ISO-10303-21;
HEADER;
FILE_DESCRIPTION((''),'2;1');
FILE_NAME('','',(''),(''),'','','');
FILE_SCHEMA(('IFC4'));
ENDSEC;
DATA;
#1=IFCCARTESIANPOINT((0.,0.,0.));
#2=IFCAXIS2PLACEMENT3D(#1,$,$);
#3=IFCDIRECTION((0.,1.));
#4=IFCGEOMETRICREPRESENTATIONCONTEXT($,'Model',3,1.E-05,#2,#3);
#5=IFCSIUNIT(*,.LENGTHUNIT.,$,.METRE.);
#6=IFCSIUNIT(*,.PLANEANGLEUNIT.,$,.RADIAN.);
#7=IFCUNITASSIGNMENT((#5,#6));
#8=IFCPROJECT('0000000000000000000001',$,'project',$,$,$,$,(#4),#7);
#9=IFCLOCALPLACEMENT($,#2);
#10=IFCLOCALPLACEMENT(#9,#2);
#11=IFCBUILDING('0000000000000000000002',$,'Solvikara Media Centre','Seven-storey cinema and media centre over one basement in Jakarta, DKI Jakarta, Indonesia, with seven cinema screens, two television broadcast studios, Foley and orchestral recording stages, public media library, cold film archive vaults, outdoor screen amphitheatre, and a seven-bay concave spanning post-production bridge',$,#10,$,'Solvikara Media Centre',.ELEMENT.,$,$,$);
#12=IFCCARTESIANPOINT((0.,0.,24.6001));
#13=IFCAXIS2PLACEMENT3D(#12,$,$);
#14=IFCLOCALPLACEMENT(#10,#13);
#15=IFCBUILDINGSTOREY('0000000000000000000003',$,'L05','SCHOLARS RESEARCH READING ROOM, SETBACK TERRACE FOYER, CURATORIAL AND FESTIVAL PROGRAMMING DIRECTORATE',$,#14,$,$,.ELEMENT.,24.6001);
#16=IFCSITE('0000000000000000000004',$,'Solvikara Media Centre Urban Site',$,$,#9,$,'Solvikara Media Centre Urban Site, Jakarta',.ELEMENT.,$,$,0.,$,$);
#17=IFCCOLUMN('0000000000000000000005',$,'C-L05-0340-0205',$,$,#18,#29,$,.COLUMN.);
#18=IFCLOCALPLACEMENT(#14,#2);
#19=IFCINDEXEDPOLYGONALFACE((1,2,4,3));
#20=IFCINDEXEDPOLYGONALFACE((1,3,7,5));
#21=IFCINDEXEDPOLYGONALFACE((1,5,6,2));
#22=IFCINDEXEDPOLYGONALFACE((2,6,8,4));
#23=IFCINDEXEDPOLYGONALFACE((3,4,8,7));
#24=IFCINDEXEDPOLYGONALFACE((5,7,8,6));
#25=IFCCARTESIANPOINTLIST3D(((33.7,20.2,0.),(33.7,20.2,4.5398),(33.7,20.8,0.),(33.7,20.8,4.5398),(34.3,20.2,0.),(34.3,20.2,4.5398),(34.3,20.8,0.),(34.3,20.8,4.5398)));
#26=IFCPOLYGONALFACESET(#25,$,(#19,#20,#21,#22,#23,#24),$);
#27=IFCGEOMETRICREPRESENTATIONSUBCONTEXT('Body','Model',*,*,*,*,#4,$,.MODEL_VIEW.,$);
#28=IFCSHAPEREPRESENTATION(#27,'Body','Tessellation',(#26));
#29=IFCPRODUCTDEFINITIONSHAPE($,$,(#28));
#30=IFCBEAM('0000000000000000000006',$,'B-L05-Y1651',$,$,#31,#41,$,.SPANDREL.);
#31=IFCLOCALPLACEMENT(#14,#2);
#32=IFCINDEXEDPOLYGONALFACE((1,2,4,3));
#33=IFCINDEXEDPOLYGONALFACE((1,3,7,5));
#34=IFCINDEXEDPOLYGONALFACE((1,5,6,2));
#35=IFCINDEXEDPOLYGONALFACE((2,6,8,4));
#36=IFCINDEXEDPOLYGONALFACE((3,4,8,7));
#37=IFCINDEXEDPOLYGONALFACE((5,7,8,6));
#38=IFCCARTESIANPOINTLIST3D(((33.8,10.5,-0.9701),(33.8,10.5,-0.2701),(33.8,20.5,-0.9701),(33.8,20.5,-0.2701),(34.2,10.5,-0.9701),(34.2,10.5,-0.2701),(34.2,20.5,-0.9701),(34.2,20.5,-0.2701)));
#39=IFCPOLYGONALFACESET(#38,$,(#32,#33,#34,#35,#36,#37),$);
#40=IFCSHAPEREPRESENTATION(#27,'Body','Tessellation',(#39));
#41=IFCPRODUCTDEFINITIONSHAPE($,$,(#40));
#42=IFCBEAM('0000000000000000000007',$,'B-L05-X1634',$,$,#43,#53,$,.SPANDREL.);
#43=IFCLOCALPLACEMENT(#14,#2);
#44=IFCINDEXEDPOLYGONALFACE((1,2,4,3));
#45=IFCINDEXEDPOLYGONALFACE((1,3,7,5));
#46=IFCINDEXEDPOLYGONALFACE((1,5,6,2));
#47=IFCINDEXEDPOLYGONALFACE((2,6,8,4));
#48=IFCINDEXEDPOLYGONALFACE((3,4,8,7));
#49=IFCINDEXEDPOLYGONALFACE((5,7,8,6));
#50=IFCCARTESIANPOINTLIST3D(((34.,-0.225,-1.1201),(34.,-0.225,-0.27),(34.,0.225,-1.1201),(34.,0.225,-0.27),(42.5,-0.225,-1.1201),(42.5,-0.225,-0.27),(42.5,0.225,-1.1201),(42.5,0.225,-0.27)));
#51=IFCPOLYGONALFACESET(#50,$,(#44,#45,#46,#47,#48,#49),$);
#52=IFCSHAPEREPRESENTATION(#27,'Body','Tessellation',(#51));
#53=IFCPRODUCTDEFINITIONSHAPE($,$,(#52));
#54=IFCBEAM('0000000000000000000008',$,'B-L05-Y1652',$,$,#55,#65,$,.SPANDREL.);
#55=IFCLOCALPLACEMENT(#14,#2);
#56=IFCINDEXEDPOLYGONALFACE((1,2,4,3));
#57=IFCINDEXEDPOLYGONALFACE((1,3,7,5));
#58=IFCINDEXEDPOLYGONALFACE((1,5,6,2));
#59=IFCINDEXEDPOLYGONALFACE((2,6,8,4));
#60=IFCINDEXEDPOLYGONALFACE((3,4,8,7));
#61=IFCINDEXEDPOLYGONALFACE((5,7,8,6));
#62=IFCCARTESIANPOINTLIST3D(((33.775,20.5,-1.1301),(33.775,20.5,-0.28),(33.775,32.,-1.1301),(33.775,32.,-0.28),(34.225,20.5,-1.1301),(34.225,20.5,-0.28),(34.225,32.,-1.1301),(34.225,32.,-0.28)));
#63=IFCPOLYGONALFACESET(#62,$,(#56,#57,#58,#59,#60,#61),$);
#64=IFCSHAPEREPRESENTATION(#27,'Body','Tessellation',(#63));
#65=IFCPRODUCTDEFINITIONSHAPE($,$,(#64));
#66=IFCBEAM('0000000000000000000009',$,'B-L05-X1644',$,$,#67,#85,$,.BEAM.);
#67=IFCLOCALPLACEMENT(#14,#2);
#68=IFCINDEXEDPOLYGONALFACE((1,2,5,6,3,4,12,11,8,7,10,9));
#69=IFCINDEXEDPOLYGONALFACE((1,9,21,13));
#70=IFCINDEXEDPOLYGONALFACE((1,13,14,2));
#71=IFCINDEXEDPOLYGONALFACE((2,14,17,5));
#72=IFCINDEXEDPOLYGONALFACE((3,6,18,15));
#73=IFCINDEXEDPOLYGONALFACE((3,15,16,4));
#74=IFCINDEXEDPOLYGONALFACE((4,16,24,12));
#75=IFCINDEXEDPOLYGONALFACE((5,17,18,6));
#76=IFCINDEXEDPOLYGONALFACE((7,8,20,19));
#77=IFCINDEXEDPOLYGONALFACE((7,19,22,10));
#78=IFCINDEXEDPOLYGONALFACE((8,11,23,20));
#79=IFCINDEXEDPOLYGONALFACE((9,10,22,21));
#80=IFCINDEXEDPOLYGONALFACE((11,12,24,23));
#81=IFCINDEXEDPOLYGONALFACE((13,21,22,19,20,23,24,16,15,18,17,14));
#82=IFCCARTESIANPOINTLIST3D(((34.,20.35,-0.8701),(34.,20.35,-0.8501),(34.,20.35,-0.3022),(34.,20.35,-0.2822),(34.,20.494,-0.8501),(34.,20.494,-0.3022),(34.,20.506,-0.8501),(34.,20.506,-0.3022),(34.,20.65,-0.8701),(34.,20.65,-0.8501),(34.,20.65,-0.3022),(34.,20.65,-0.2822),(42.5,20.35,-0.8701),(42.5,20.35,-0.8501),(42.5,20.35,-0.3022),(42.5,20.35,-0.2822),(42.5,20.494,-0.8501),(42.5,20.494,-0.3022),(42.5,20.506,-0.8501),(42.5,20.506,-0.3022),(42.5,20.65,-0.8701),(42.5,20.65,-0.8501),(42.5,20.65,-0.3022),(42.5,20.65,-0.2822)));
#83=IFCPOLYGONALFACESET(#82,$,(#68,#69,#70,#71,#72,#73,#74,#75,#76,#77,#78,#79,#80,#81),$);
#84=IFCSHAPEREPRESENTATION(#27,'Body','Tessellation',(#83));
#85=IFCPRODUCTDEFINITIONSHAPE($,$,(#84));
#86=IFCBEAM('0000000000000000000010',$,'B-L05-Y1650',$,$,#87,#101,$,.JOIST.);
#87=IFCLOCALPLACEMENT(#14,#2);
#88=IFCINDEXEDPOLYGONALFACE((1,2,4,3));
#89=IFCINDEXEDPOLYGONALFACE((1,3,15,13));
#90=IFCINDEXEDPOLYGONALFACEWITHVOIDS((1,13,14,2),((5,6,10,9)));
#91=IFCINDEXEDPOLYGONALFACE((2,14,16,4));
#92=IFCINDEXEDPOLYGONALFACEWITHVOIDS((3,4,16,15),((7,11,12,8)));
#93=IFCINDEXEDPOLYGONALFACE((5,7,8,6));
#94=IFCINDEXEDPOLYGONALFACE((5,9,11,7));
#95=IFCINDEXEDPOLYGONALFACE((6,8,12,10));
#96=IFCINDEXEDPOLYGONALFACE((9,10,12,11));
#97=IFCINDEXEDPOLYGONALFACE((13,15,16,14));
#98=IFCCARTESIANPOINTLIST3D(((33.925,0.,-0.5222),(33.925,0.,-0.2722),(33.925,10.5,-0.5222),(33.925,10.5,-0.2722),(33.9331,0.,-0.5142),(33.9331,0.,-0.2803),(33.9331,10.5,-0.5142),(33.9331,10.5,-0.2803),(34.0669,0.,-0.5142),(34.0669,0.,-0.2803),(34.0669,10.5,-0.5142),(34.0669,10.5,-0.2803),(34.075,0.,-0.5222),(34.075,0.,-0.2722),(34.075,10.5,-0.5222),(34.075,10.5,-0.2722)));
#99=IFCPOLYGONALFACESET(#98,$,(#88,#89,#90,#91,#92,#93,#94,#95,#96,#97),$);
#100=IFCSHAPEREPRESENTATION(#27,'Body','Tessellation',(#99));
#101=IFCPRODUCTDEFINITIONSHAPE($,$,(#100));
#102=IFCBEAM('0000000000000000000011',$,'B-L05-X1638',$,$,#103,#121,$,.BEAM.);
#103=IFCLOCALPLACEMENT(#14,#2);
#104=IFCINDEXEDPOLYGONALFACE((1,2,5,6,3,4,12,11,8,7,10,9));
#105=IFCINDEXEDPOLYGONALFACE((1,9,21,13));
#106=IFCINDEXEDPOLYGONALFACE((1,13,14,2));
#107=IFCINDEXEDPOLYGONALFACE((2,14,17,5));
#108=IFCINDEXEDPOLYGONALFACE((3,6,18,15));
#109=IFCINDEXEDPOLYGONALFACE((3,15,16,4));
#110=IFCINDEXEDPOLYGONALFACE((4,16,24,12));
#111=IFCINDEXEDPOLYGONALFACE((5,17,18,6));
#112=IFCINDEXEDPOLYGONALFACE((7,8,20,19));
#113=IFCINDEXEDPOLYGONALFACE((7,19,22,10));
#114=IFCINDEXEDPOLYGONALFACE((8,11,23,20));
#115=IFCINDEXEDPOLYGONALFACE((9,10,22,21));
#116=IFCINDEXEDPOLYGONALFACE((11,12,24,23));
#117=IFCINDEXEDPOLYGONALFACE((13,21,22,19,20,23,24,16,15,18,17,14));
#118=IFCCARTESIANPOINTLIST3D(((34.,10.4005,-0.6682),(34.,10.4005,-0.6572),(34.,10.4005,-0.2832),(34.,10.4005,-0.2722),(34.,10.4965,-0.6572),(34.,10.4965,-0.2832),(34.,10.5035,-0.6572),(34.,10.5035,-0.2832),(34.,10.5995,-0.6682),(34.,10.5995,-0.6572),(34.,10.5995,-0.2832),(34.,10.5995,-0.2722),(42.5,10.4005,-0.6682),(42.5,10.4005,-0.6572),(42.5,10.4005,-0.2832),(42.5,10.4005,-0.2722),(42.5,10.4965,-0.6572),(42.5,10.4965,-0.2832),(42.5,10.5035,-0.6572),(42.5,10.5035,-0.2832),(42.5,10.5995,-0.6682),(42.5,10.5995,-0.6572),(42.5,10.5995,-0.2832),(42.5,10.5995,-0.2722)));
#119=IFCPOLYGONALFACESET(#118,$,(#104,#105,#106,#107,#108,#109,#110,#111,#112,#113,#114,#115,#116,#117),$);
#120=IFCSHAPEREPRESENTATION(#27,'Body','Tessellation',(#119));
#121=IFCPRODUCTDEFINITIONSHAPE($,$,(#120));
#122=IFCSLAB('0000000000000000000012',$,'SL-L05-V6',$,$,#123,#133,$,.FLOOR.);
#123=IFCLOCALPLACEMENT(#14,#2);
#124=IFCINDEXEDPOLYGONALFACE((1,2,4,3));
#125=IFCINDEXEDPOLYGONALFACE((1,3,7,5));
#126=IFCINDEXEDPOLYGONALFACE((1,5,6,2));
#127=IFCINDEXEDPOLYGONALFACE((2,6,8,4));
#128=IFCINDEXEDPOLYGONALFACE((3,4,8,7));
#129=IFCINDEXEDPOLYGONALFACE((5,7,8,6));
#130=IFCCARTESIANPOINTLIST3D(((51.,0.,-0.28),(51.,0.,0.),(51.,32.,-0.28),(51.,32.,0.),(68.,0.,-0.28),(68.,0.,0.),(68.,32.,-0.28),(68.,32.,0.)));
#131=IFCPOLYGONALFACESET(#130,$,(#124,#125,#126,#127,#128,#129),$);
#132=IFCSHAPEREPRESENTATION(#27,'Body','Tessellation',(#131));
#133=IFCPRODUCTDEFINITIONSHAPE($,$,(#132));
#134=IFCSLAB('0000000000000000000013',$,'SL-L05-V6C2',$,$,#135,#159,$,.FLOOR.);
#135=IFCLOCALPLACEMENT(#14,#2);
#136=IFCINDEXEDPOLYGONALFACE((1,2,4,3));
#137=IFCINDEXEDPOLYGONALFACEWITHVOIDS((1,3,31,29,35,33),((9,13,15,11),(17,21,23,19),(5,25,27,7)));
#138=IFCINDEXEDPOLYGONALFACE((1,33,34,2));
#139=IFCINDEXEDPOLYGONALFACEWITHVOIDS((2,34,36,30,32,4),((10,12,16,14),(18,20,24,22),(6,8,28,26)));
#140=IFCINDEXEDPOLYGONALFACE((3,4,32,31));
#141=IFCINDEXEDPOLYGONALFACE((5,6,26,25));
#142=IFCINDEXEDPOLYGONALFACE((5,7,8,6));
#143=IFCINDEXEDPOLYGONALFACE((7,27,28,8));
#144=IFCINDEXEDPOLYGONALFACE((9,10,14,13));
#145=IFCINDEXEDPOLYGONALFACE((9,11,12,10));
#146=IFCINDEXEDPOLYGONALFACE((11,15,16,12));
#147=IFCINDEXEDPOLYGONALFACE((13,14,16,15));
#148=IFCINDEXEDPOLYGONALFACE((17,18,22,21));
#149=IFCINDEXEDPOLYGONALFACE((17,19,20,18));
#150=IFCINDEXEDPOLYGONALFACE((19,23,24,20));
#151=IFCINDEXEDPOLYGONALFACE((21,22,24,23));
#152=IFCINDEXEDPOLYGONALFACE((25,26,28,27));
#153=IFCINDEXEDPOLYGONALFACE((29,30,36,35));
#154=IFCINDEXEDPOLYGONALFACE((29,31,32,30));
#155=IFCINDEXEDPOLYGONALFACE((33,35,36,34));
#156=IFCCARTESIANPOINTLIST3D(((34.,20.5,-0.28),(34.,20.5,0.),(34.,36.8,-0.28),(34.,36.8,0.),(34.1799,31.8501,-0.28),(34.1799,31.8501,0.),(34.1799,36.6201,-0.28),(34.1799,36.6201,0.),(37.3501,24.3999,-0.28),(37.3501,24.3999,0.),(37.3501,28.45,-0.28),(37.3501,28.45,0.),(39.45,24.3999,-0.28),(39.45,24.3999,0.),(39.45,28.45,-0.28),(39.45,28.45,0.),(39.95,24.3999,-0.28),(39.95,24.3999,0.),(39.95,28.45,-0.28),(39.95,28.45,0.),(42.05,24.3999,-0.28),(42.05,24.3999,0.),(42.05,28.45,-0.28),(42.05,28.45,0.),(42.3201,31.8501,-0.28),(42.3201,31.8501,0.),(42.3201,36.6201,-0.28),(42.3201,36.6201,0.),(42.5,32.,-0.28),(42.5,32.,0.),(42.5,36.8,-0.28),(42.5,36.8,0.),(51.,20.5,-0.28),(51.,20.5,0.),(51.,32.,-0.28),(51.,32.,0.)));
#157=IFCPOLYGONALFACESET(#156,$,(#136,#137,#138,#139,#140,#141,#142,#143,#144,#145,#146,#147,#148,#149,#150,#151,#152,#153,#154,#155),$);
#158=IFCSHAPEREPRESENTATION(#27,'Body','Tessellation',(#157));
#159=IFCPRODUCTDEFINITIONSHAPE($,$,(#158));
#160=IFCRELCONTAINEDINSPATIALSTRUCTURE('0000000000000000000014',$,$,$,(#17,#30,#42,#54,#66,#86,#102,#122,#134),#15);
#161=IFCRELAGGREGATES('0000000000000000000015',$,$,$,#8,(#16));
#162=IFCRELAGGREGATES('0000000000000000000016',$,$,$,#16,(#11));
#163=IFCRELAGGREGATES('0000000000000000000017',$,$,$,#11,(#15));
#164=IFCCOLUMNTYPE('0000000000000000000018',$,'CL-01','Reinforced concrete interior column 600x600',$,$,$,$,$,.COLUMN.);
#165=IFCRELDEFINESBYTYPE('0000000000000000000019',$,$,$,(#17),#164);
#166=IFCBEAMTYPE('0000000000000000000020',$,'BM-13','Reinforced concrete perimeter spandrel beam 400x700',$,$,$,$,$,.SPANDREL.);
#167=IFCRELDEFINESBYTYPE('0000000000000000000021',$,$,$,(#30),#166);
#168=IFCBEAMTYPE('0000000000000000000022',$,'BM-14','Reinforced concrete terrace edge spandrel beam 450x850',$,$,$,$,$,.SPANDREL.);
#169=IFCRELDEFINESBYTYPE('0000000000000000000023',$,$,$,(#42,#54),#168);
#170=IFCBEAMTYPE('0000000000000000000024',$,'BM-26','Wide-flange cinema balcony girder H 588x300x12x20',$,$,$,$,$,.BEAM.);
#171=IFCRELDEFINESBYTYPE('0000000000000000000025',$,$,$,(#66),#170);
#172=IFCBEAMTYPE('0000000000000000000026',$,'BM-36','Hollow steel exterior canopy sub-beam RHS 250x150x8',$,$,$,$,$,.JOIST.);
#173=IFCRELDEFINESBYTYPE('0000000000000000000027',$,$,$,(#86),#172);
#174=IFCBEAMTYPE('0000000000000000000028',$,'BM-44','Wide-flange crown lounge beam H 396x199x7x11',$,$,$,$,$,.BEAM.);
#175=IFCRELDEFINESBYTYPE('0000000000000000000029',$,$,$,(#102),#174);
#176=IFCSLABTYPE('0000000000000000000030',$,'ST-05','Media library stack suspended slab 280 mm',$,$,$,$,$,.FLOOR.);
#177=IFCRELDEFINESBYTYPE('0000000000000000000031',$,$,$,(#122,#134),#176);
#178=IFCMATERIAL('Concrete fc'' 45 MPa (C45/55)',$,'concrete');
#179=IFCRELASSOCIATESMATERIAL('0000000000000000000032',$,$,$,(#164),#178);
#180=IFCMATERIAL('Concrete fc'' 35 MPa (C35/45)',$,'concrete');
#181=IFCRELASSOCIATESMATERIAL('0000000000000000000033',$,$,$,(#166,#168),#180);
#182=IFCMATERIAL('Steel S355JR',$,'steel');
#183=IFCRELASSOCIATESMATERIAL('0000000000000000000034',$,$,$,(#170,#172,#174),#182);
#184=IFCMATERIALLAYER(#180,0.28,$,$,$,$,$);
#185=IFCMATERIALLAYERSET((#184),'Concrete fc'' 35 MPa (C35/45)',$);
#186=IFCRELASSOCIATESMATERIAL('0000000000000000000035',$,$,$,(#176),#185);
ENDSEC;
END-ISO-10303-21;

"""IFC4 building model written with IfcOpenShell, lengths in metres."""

from ifc_helpers import new_model, si_unit, direction, frame, origin, origin_2d, place, context, subcontext, project, spatial, polyline, rectangle, hollow_rectangle, i_section, outline, extrude, material, layer, layer_set, material_profile, profile_set, type_object, element, save


model = new_model("IFC4")

# Units and contexts
model_context = context("Model", 3, precision=1e-05, world=origin(), true_north=direction((0.0, 1.0)))
body_context = subcontext(model_context, "Body", "Model", "MODEL_VIEW")
ifc_project = project(units=[si_unit("LENGTHUNIT", "METRE"), si_unit("PLANEANGLEUNIT", "RADIAN")], contexts=[model_context])

# Site, building, storey
site_placement = place(None, origin())
site = spatial("IfcSite", under=ifc_project, at=site_placement, Name="Solvikara Media Centre Urban Site", LongName="Solvikara Media Centre Urban Site, Jakarta", CompositionType="ELEMENT", RefElevation=0.0)
building_placement = place(site_placement, origin())
building = spatial("IfcBuilding", under=site, at=building_placement, Name="Solvikara Media Centre", Description="Seven-storey cinema and media centre over one basement in Jakarta, DKI Jakarta, Indonesia, with seven cinema screens, two television broadcast studios, Foley and orchestral recording stages, public media library, cold film archive vaults, outdoor screen amphitheatre, and a seven-bay concave spanning post-production bridge", LongName="Solvikara Media Centre", CompositionType="ELEMENT")
storey_placement = place(building_placement, frame((0.0, 0.0, 24.6001)))
storey = spatial("IfcBuildingStorey", under=building, at=storey_placement, Name="L05", Description="SCHOLARS RESEARCH READING ROOM, SETBACK TERRACE FOYER, CURATORIAL AND FESTIVAL PROGRAMMING DIRECTORATE", CompositionType="ELEMENT", Elevation=24.6001)

# Column
ifc_material_1 = material(Name="Concrete fc' 45 MPa (C45/55)", Category="concrete")
ifc_material_profile_1 = material_profile(ifc_material_1, rectangle(XDim=0.6001, YDim=0.6001, at=origin_2d()), Name="RC 600x600")
ifc_profile_set_1 = profile_set([ifc_material_profile_1], Name="Concrete fc' 45 MPa (C45/55)")
column_type = type_object("IfcColumnType", Name="CL-01", Description="Reinforced concrete interior column 600x600", PredefinedType="COLUMN", material=ifc_profile_set_1)
column_placement = place(storey_placement, frame((34.0, 20.5, 0.0), z_axis=(0.0, 0.0, 1.0), x_axis=(1.0, 0.0, 0.0)))
element("IfcColumn", 1, at=column_placement, inside=storey, type_object=column_type, Name="C-L05-0340-0205", PredefinedType="COLUMN", context=body_context, shape_type="SweptSolid", body=[
    extrude(rectangle(XDim=0.6001, YDim=0.6001, at=origin_2d()), origin(), (0.0, 0.0, 1.0), 4.5398),
])

# Beams
ifc_material_2 = material(Name="Concrete fc' 35 MPa (C35/45)", Category="concrete")
ifc_material_profile_2 = material_profile(ifc_material_2, rectangle(XDim=0.3999, YDim=0.7, at=origin_2d()), Name="RC 400x700")
ifc_profile_set_2 = profile_set([ifc_material_profile_2], Name="Concrete fc' 35 MPa (C35/45)")
beam_type_1 = type_object("IfcBeamType", Name="BM-13", Description="Reinforced concrete perimeter spandrel beam 400x700", PredefinedType="SPANDREL", material=ifc_profile_set_2)
beam_1_placement = place(storey_placement, frame((34.0, 10.5, -0.6201), z_axis=(0.0, 1.0, 0.0), x_axis=(-1.0, 0.0, 0.0)))
element("IfcBeam", 2, at=beam_1_placement, inside=storey, type_object=beam_type_1, Name="B-L05-Y1651", PredefinedType="SPANDREL", context=body_context, shape_type="SweptSolid", body=[
    extrude(rectangle(XDim=0.3999, YDim=0.7, at=origin_2d()), origin(), (0.0, 0.0, 1.0), 10.0),
])
ifc_material_profile_3 = material_profile(ifc_material_2, rectangle(XDim=0.45, YDim=0.8501, at=origin_2d()), Name="RC 450x850")
ifc_profile_set_3 = profile_set([ifc_material_profile_3], Name="Concrete fc' 35 MPa (C35/45)")
beam_type_2 = type_object("IfcBeamType", Name="BM-14", Description="Reinforced concrete terrace edge spandrel beam 450x850", PredefinedType="SPANDREL", material=ifc_profile_set_3)
beam_2_placement = place(storey_placement, frame((34.0, 0.0, -0.6951), z_axis=(1.0, 0.0, 0.0), x_axis=(0.0, 1.0, 0.0)))
element("IfcBeam", 3, at=beam_2_placement, inside=storey, type_object=beam_type_2, Name="B-L05-X1634", PredefinedType="SPANDREL", context=body_context, shape_type="SweptSolid", body=[
    extrude(rectangle(XDim=0.45, YDim=0.8501, at=origin_2d()), origin(), (0.0, 0.0, 1.0), 8.5),
])
beam_3_placement = place(storey_placement, frame((34.0, 20.5, -0.7051), z_axis=(0.0, 1.0, 0.0), x_axis=(-1.0, 0.0, 0.0)))
element("IfcBeam", 4, at=beam_3_placement, inside=storey, type_object=beam_type_2, Name="B-L05-Y1652", PredefinedType="SPANDREL", context=body_context, shape_type="SweptSolid", body=[
    extrude(rectangle(XDim=0.45, YDim=0.8501, at=origin_2d()), origin(), (0.0, 0.0, 1.0), 11.5),
])
ifc_material_3 = material(Name="Steel S355JR", Category="steel")
ifc_material_profile_4 = material_profile(ifc_material_3, i_section(OverallWidth=0.3, OverallDepth=0.5879, WebThickness=0.012, FlangeThickness=0.02, at=origin_2d()), Name="H 588x300x12x20")
ifc_profile_set_4 = profile_set([ifc_material_profile_4], Name="Steel S355JR")
beam_type_3 = type_object("IfcBeamType", Name="BM-26", Description="Wide-flange cinema balcony girder H 588x300x12x20", PredefinedType="BEAM", material=ifc_profile_set_4)
beam_4_placement = place(storey_placement, frame((34.0, 20.5, -0.5762), z_axis=(1.0, 0.0, 0.0), x_axis=(0.0, 1.0, 0.0)))
element("IfcBeam", 5, at=beam_4_placement, inside=storey, type_object=beam_type_3, Name="B-L05-X1644", PredefinedType="BEAM", context=body_context, shape_type="SweptSolid", body=[
    extrude(i_section(OverallWidth=0.3, OverallDepth=0.5879, WebThickness=0.012, FlangeThickness=0.02, at=origin_2d()), origin(), (0.0, 0.0, 1.0), 8.5),
])
ifc_material_profile_5 = material_profile(ifc_material_3, hollow_rectangle(XDim=0.1499, YDim=0.25, WallThickness=0.0081, at=origin_2d()), Name="RHS 250x150x8")
ifc_profile_set_5 = profile_set([ifc_material_profile_5], Name="Steel S355JR")
beam_type_4 = type_object("IfcBeamType", Name="BM-36", Description="Hollow steel exterior canopy sub-beam RHS 250x150x8", PredefinedType="JOIST", material=ifc_profile_set_5)
beam_5_placement = place(storey_placement, frame((34.0, 0.0, -0.3972), z_axis=(0.0, 1.0, 0.0), x_axis=(-1.0, 0.0, 0.0)))
element("IfcBeam", 6, at=beam_5_placement, inside=storey, type_object=beam_type_4, Name="B-L05-Y1650", PredefinedType="JOIST", context=body_context, shape_type="SweptSolid", body=[
    extrude(hollow_rectangle(XDim=0.1499, YDim=0.25, WallThickness=0.0081, at=origin_2d()), origin(), (0.0, 0.0, 1.0), 10.5),
])
ifc_material_profile_6 = material_profile(ifc_material_3, i_section(OverallWidth=0.199, OverallDepth=0.396, WebThickness=0.0071, FlangeThickness=0.011, at=origin_2d()), Name="H 396x199x7x11")
ifc_profile_set_6 = profile_set([ifc_material_profile_6], Name="Steel S355JR")
beam_type_5 = type_object("IfcBeamType", Name="BM-44", Description="Wide-flange crown lounge beam H 396x199x7x11", PredefinedType="BEAM", material=ifc_profile_set_6)
beam_6_placement = place(storey_placement, frame((34.0, 10.5, -0.4702), z_axis=(1.0, 0.0, 0.0), x_axis=(0.0, 1.0, 0.0)))
element("IfcBeam", 7, at=beam_6_placement, inside=storey, type_object=beam_type_5, Name="B-L05-X1638", PredefinedType="BEAM", context=body_context, shape_type="SweptSolid", body=[
    extrude(i_section(OverallWidth=0.199, OverallDepth=0.396, WebThickness=0.0071, FlangeThickness=0.011, at=origin_2d()), origin(), (0.0, 0.0, 1.0), 8.5),
])

# Slabs
ifc_layer_1 = layer(ifc_material_2, 0.28)
ifc_layer_set_1 = layer_set([ifc_layer_1], Name="Concrete fc' 35 MPa (C35/45)")
slab_type_1 = type_object("IfcSlabType", Name="ST-05", Description="Media library stack suspended slab 280 mm", PredefinedType="FLOOR", material=ifc_layer_set_1)
slab_1_placement = place(storey_placement, frame((0.0, 0.0, -0.28)))
element("IfcSlab", 8, at=slab_1_placement, inside=storey, type_object=slab_type_1, Name="SL-L05-V6", PredefinedType="FLOOR", context=body_context, shape_type="SweptSolid", body=[
    extrude(outline(polyline([(51.0, 0.0), (68.0, 0.0), (68.0, 32.0), (51.0, 32.0), (51.0, 0.0)])), origin(), (0.0, 0.0, 1.0), 0.28),
])
slab_2_placement = place(storey_placement, frame((0.0, 0.0, -0.28)))
element("IfcSlab", 9, at=slab_2_placement, inside=storey, type_object=slab_type_1, Name="SL-L05-V6C2", PredefinedType="FLOOR", context=body_context, shape_type="SweptSolid", body=[
    extrude(outline(polyline([(34.0, 20.5), (51.0, 20.5), (51.0, 32.0), (42.5, 32.0), (42.5, 36.8), (34.0, 36.8), (34.0, 20.5)]), holes=[polyline([(34.1799, 31.8501), (42.3201, 31.8501), (42.3201, 36.6201), (34.1799, 36.6201), (34.1799, 31.8501)]), polyline([(37.3501, 24.3999), (39.45, 24.3999), (39.45, 28.45), (37.3501, 28.45), (37.3501, 24.3999)]), polyline([(39.95, 24.3999), (42.05, 24.3999), (42.05, 28.45), (39.95, 28.45), (39.95, 24.3999)])]), origin(), (0.0, 0.0, 1.0), 0.28),
])

save(model, "model.ifc")
